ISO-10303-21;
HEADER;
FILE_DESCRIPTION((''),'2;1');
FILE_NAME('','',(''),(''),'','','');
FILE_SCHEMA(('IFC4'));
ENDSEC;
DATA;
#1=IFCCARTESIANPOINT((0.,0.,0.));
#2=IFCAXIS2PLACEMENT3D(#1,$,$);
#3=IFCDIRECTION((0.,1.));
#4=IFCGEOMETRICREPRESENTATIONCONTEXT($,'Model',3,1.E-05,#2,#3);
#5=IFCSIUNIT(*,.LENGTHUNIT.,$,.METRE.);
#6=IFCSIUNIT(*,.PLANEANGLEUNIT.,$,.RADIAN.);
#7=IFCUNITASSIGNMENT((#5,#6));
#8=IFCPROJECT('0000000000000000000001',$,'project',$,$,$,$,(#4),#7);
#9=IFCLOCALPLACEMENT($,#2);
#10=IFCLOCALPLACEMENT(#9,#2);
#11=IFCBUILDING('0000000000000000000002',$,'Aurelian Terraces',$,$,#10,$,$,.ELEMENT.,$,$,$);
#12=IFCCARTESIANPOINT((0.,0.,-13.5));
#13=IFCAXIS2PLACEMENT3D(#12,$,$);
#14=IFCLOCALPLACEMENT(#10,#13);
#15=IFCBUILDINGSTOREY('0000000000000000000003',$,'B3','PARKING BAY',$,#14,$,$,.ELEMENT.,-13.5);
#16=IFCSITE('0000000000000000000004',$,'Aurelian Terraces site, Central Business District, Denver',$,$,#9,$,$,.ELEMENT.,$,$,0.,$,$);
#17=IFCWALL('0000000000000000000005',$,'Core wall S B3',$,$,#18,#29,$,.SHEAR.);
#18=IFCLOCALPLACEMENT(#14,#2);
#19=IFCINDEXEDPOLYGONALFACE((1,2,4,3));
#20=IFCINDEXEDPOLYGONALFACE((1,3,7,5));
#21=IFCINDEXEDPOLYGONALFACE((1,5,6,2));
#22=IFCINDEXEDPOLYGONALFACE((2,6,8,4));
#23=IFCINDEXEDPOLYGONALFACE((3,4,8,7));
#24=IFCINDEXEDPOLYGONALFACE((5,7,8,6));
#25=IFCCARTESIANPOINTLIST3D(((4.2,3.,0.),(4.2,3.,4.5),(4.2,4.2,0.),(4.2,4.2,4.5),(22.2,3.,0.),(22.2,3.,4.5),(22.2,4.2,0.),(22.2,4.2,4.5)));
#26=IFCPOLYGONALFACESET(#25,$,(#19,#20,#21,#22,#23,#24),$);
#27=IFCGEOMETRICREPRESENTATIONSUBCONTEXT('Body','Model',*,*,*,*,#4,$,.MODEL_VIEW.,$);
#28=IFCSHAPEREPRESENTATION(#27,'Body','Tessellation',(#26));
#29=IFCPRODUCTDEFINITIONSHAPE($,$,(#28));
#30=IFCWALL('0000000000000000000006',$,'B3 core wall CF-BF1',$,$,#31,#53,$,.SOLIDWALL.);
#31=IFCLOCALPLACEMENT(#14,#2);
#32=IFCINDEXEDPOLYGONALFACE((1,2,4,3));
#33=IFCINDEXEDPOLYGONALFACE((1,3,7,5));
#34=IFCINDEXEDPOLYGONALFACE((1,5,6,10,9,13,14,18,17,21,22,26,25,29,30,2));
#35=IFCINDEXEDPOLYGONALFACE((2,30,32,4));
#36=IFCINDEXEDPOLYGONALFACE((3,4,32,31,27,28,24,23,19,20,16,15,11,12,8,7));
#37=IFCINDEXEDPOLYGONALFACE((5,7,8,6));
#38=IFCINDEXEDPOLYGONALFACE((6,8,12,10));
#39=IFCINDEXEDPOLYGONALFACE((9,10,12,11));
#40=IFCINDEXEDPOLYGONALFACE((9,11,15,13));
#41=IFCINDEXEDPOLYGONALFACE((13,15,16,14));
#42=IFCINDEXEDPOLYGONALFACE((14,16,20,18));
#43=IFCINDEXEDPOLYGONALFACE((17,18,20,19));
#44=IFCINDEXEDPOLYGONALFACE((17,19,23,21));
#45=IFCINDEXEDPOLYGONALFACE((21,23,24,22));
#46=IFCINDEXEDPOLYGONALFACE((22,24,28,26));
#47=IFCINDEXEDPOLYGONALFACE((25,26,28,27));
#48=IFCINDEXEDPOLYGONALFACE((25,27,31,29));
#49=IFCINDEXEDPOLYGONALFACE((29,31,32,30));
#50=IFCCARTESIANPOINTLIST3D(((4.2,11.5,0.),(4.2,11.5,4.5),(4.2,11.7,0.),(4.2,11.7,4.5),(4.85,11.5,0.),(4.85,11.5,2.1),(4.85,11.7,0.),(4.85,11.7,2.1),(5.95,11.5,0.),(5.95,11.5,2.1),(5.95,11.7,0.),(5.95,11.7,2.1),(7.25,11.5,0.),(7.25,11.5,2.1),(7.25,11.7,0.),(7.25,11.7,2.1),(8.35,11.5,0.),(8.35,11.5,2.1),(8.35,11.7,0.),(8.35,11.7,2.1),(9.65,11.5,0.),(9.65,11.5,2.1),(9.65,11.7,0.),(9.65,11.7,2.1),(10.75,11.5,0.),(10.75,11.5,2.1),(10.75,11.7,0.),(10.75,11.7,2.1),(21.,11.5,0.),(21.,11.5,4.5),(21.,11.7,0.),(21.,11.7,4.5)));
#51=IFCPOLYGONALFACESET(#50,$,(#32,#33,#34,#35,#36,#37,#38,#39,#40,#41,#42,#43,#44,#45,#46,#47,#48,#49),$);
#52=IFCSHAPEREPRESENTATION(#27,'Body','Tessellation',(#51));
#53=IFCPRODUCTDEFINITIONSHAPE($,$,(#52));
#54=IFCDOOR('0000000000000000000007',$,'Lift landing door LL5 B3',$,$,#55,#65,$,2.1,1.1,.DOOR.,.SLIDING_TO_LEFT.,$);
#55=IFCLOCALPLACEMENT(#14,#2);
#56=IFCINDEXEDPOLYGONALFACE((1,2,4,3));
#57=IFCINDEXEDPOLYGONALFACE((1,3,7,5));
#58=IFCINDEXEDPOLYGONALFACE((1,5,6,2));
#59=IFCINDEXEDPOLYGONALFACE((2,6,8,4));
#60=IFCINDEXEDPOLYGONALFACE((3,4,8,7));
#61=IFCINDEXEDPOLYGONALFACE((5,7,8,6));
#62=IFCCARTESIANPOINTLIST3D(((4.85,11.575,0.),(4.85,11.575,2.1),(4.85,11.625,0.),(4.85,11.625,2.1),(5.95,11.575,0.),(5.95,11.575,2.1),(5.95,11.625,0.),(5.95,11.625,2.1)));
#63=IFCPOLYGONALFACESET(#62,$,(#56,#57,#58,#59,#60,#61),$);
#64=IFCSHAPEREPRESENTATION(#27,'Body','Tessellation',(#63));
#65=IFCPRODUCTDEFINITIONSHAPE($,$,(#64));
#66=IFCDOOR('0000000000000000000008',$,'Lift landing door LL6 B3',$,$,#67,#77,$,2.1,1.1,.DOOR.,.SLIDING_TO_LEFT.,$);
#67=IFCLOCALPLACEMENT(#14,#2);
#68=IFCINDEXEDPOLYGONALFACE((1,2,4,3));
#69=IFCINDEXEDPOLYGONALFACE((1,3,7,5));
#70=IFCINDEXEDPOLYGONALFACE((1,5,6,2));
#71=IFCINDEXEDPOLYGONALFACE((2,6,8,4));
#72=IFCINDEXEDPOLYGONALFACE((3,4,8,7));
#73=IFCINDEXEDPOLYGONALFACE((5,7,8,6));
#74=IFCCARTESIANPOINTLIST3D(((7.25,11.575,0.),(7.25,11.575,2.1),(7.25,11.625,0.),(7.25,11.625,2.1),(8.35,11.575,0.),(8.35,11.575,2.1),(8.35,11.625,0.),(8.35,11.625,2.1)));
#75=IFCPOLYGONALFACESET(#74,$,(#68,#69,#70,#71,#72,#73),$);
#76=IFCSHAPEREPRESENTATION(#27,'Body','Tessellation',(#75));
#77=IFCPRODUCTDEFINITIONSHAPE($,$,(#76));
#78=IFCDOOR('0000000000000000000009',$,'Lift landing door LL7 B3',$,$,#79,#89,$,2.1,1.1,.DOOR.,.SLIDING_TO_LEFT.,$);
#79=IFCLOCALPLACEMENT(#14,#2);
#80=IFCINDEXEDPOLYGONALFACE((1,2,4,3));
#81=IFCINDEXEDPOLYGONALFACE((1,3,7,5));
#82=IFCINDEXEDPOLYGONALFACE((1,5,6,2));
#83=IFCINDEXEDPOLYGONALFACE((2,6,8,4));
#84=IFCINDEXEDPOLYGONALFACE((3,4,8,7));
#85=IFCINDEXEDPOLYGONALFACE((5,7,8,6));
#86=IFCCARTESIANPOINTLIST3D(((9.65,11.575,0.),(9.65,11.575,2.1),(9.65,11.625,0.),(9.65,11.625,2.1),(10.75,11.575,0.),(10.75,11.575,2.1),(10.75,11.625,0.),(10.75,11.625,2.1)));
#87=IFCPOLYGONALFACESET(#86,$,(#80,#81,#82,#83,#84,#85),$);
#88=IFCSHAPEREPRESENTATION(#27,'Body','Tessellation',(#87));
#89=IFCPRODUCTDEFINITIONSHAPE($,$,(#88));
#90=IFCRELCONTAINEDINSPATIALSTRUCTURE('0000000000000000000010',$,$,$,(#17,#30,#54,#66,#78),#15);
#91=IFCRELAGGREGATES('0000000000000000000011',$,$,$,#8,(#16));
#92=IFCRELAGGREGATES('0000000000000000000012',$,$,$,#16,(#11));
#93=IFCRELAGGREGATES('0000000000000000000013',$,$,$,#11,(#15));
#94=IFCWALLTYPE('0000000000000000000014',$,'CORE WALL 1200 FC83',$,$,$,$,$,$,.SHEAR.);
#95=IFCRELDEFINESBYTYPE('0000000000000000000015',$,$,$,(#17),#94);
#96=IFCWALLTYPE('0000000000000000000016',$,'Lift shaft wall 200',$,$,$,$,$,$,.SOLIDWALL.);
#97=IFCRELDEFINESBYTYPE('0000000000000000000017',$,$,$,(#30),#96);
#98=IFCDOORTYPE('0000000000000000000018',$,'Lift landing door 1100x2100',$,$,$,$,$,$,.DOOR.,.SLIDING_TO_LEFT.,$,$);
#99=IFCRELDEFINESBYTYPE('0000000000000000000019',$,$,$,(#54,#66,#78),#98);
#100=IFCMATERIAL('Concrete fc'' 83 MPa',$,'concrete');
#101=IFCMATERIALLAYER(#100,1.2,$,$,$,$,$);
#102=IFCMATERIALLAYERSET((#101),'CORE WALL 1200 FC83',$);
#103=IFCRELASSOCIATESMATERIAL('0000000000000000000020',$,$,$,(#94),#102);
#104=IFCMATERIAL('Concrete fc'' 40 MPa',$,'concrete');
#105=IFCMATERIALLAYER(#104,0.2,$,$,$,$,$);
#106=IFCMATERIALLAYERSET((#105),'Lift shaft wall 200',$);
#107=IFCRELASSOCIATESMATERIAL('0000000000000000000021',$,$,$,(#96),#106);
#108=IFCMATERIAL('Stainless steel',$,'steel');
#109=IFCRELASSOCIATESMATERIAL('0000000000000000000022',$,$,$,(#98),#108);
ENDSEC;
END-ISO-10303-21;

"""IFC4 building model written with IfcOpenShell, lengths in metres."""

from ifc_helpers import new_model, si_unit, direction, frame, frame_2d, origin, place, context, subcontext, project, spatial, rectangle, extrude, source, transform, mapped, material, layer, layer_set, type_object, element, fill, save


model = new_model("IFC4")

# Units and contexts
model_context = context("Model", 3, precision=1e-05, world=origin(), true_north=direction((0.0, 1.0)))
body_context = subcontext(model_context, "Body", "Model", "MODEL_VIEW")
ifc_project = project(units=[si_unit("LENGTHUNIT", "METRE"), si_unit("PLANEANGLEUNIT", "RADIAN")], contexts=[model_context])

# Site, building, storey
site_placement = place(None, origin())
site = spatial("IfcSite", under=ifc_project, at=site_placement, Name="Aurelian Terraces site, Central Business District, Denver", CompositionType="ELEMENT", RefElevation=0.0)
building_placement = place(site_placement, origin())
building = spatial("IfcBuilding", under=site, at=building_placement, Name="Aurelian Terraces", CompositionType="ELEMENT")
storey_placement = place(building_placement, frame((0.0, 0.0, -13.5)))
storey = spatial("IfcBuildingStorey", under=building, at=storey_placement, Name="B3", Description="PARKING BAY", CompositionType="ELEMENT", Elevation=-13.5)

# Shared definitions
ifc_material_1 = material(Name="Concrete fc' 83 MPa", Category="concrete")

# Shared definitions
ifc_material_2 = material(Name="Concrete fc' 40 MPa", Category="concrete")

# Shared definitions
ifc_layer_1 = layer(ifc_material_1, 1.2)
ifc_layer_set_1 = layer_set([ifc_layer_1], Name="CORE WALL 1200 FC83")
wall_type_1 = type_object("IfcWallType", Name="CORE WALL 1200 FC83", PredefinedType="SHEAR", material=ifc_layer_set_1)

# Shared definitions
ifc_layer_2 = layer(ifc_material_2, 0.2)
ifc_layer_set_2 = layer_set([ifc_layer_2], Name="Lift shaft wall 200")
wall_type_2 = type_object("IfcWallType", Name="Lift shaft wall 200", PredefinedType="SOLIDWALL", material=ifc_layer_set_2)

# Shared definitions
shared_shape_1 = source(origin(), body_context, "Body", "SweptSolid", [
    extrude(rectangle(XDim=1.1, YDim=2.1, at=frame_2d((0.55, 1.05))), frame((0.0, 0.11, 0.0), z_axis=(0.0, -1.0, 0.0), x_axis=(1.0, 0.0, 0.0)), (0.0, 0.0, 1.0), 0.22),
])
ifc_material_3 = material(Name="Stainless steel", Category="steel")
door_type_1 = type_object("IfcDoorType", Name="Lift landing door 1100x2100", OperationType="SLIDING_TO_LEFT", PredefinedType="DOOR", material=ifc_material_3)
shared_shape_2 = source(origin(), body_context, "Body", "SweptSolid", [
    extrude(rectangle(XDim=1.1, YDim=2.1, at=frame_2d((0.55, 1.05))), frame((0.0, 0.025, 0.0), z_axis=(0.0, -1.0, 0.0), x_axis=(1.0, 0.0, 0.0)), (0.0, 0.0, 1.0), 0.05),
])

# Wall
shared_shape_3 = source(origin(), body_context, "Body", "SweptSolid", [
    extrude(rectangle(XDim=18.0, YDim=1.2, at=frame_2d((9.0, 0.0))), origin(), (0.0, 0.0, 1.0), 4.5),
])
wall_1_placement = place(storey_placement, frame((4.2, 3.6, 0.0), z_axis=(0.0, 0.0, 1.0), x_axis=(1.0, 0.0, 0.0)))
element("IfcWall", 1, at=wall_1_placement, inside=storey, type_object=wall_type_1, Name="Core wall S B3", PredefinedType="SHEAR", context=body_context, shape_type="MappedRepresentation", body=[
    mapped(shared_shape_3, transform((0.0, 0.0, 0.0), scale=1.0)),
])

# Wall, openings, doors
shared_shape_4 = source(origin(), body_context, "Body", "SweptSolid", [
    extrude(rectangle(XDim=16.8, YDim=0.2, at=frame_2d((8.4, 0.0))), origin(), (0.0, 0.0, 1.0), 4.5),
])
wall_2_placement = place(storey_placement, frame((4.2, 11.6, 0.0), z_axis=(0.0, 0.0, 1.0), x_axis=(1.0, 0.0, 0.0)))
wall_2 = element("IfcWall", 2, at=wall_2_placement, inside=storey, type_object=wall_type_2, Name="B3 core wall CF-BF1", PredefinedType="SOLIDWALL", context=body_context, shape_type="MappedRepresentation", body=[
    mapped(shared_shape_4, transform((0.0, 0.0, 0.0), scale=1.0)),
])
opening_1_placement = place(wall_2_placement, frame((0.65, 0.0, 0.0)))
opening_1 = element("IfcOpeningElement", 3, at=opening_1_placement, cuts=wall_2, PredefinedType="OPENING", context=body_context, shape_type="MappedRepresentation", body=[
    mapped(shared_shape_1, transform((0.0, 0.0, 0.0), scale=1.0)),
])
opening_2_placement = place(wall_2_placement, frame((3.05, 0.0, 0.0)))
opening_2 = element("IfcOpeningElement", 4, at=opening_2_placement, cuts=wall_2, PredefinedType="OPENING", context=body_context, shape_type="MappedRepresentation", body=[
    mapped(shared_shape_1, transform((0.0, 0.0, 0.0), scale=1.0)),
])
opening_3_placement = place(wall_2_placement, frame((5.45, 0.0, 0.0)))
opening_3 = element("IfcOpeningElement", 5, at=opening_3_placement, cuts=wall_2, PredefinedType="OPENING", context=body_context, shape_type="MappedRepresentation", body=[
    mapped(shared_shape_1, transform((0.0, 0.0, 0.0), scale=1.0)),
])
door_1_placement = place(opening_1_placement, origin())
door_1 = element("IfcDoor", 6, at=door_1_placement, inside=storey, type_object=door_type_1, Name="Lift landing door LL5 B3", OperationType="SLIDING_TO_LEFT", OverallHeight=2.1, OverallWidth=1.1, PredefinedType="DOOR", context=body_context, shape_type="MappedRepresentation", body=[
    mapped(shared_shape_2, transform((0.0, 0.0, 0.0), scale=1.0)),
])
fill(opening_1, door_1)
door_2_placement = place(opening_2_placement, origin())
door_2 = element("IfcDoor", 7, at=door_2_placement, inside=storey, type_object=door_type_1, Name="Lift landing door LL6 B3", OperationType="SLIDING_TO_LEFT", OverallHeight=2.1, OverallWidth=1.1, PredefinedType="DOOR", context=body_context, shape_type="MappedRepresentation", body=[
    mapped(shared_shape_2, transform((0.0, 0.0, 0.0), scale=1.0)),
])
fill(opening_2, door_2)
door_3_placement = place(opening_3_placement, origin())
door_3 = element("IfcDoor", 8, at=door_3_placement, inside=storey, type_object=door_type_1, Name="Lift landing door LL7 B3", OperationType="SLIDING_TO_LEFT", OverallHeight=2.1, OverallWidth=1.1, PredefinedType="DOOR", context=body_context, shape_type="MappedRepresentation", body=[
    mapped(shared_shape_2, transform((0.0, 0.0, 0.0), scale=1.0)),
])
fill(opening_3, door_3)

save(model, "model.ifc")
